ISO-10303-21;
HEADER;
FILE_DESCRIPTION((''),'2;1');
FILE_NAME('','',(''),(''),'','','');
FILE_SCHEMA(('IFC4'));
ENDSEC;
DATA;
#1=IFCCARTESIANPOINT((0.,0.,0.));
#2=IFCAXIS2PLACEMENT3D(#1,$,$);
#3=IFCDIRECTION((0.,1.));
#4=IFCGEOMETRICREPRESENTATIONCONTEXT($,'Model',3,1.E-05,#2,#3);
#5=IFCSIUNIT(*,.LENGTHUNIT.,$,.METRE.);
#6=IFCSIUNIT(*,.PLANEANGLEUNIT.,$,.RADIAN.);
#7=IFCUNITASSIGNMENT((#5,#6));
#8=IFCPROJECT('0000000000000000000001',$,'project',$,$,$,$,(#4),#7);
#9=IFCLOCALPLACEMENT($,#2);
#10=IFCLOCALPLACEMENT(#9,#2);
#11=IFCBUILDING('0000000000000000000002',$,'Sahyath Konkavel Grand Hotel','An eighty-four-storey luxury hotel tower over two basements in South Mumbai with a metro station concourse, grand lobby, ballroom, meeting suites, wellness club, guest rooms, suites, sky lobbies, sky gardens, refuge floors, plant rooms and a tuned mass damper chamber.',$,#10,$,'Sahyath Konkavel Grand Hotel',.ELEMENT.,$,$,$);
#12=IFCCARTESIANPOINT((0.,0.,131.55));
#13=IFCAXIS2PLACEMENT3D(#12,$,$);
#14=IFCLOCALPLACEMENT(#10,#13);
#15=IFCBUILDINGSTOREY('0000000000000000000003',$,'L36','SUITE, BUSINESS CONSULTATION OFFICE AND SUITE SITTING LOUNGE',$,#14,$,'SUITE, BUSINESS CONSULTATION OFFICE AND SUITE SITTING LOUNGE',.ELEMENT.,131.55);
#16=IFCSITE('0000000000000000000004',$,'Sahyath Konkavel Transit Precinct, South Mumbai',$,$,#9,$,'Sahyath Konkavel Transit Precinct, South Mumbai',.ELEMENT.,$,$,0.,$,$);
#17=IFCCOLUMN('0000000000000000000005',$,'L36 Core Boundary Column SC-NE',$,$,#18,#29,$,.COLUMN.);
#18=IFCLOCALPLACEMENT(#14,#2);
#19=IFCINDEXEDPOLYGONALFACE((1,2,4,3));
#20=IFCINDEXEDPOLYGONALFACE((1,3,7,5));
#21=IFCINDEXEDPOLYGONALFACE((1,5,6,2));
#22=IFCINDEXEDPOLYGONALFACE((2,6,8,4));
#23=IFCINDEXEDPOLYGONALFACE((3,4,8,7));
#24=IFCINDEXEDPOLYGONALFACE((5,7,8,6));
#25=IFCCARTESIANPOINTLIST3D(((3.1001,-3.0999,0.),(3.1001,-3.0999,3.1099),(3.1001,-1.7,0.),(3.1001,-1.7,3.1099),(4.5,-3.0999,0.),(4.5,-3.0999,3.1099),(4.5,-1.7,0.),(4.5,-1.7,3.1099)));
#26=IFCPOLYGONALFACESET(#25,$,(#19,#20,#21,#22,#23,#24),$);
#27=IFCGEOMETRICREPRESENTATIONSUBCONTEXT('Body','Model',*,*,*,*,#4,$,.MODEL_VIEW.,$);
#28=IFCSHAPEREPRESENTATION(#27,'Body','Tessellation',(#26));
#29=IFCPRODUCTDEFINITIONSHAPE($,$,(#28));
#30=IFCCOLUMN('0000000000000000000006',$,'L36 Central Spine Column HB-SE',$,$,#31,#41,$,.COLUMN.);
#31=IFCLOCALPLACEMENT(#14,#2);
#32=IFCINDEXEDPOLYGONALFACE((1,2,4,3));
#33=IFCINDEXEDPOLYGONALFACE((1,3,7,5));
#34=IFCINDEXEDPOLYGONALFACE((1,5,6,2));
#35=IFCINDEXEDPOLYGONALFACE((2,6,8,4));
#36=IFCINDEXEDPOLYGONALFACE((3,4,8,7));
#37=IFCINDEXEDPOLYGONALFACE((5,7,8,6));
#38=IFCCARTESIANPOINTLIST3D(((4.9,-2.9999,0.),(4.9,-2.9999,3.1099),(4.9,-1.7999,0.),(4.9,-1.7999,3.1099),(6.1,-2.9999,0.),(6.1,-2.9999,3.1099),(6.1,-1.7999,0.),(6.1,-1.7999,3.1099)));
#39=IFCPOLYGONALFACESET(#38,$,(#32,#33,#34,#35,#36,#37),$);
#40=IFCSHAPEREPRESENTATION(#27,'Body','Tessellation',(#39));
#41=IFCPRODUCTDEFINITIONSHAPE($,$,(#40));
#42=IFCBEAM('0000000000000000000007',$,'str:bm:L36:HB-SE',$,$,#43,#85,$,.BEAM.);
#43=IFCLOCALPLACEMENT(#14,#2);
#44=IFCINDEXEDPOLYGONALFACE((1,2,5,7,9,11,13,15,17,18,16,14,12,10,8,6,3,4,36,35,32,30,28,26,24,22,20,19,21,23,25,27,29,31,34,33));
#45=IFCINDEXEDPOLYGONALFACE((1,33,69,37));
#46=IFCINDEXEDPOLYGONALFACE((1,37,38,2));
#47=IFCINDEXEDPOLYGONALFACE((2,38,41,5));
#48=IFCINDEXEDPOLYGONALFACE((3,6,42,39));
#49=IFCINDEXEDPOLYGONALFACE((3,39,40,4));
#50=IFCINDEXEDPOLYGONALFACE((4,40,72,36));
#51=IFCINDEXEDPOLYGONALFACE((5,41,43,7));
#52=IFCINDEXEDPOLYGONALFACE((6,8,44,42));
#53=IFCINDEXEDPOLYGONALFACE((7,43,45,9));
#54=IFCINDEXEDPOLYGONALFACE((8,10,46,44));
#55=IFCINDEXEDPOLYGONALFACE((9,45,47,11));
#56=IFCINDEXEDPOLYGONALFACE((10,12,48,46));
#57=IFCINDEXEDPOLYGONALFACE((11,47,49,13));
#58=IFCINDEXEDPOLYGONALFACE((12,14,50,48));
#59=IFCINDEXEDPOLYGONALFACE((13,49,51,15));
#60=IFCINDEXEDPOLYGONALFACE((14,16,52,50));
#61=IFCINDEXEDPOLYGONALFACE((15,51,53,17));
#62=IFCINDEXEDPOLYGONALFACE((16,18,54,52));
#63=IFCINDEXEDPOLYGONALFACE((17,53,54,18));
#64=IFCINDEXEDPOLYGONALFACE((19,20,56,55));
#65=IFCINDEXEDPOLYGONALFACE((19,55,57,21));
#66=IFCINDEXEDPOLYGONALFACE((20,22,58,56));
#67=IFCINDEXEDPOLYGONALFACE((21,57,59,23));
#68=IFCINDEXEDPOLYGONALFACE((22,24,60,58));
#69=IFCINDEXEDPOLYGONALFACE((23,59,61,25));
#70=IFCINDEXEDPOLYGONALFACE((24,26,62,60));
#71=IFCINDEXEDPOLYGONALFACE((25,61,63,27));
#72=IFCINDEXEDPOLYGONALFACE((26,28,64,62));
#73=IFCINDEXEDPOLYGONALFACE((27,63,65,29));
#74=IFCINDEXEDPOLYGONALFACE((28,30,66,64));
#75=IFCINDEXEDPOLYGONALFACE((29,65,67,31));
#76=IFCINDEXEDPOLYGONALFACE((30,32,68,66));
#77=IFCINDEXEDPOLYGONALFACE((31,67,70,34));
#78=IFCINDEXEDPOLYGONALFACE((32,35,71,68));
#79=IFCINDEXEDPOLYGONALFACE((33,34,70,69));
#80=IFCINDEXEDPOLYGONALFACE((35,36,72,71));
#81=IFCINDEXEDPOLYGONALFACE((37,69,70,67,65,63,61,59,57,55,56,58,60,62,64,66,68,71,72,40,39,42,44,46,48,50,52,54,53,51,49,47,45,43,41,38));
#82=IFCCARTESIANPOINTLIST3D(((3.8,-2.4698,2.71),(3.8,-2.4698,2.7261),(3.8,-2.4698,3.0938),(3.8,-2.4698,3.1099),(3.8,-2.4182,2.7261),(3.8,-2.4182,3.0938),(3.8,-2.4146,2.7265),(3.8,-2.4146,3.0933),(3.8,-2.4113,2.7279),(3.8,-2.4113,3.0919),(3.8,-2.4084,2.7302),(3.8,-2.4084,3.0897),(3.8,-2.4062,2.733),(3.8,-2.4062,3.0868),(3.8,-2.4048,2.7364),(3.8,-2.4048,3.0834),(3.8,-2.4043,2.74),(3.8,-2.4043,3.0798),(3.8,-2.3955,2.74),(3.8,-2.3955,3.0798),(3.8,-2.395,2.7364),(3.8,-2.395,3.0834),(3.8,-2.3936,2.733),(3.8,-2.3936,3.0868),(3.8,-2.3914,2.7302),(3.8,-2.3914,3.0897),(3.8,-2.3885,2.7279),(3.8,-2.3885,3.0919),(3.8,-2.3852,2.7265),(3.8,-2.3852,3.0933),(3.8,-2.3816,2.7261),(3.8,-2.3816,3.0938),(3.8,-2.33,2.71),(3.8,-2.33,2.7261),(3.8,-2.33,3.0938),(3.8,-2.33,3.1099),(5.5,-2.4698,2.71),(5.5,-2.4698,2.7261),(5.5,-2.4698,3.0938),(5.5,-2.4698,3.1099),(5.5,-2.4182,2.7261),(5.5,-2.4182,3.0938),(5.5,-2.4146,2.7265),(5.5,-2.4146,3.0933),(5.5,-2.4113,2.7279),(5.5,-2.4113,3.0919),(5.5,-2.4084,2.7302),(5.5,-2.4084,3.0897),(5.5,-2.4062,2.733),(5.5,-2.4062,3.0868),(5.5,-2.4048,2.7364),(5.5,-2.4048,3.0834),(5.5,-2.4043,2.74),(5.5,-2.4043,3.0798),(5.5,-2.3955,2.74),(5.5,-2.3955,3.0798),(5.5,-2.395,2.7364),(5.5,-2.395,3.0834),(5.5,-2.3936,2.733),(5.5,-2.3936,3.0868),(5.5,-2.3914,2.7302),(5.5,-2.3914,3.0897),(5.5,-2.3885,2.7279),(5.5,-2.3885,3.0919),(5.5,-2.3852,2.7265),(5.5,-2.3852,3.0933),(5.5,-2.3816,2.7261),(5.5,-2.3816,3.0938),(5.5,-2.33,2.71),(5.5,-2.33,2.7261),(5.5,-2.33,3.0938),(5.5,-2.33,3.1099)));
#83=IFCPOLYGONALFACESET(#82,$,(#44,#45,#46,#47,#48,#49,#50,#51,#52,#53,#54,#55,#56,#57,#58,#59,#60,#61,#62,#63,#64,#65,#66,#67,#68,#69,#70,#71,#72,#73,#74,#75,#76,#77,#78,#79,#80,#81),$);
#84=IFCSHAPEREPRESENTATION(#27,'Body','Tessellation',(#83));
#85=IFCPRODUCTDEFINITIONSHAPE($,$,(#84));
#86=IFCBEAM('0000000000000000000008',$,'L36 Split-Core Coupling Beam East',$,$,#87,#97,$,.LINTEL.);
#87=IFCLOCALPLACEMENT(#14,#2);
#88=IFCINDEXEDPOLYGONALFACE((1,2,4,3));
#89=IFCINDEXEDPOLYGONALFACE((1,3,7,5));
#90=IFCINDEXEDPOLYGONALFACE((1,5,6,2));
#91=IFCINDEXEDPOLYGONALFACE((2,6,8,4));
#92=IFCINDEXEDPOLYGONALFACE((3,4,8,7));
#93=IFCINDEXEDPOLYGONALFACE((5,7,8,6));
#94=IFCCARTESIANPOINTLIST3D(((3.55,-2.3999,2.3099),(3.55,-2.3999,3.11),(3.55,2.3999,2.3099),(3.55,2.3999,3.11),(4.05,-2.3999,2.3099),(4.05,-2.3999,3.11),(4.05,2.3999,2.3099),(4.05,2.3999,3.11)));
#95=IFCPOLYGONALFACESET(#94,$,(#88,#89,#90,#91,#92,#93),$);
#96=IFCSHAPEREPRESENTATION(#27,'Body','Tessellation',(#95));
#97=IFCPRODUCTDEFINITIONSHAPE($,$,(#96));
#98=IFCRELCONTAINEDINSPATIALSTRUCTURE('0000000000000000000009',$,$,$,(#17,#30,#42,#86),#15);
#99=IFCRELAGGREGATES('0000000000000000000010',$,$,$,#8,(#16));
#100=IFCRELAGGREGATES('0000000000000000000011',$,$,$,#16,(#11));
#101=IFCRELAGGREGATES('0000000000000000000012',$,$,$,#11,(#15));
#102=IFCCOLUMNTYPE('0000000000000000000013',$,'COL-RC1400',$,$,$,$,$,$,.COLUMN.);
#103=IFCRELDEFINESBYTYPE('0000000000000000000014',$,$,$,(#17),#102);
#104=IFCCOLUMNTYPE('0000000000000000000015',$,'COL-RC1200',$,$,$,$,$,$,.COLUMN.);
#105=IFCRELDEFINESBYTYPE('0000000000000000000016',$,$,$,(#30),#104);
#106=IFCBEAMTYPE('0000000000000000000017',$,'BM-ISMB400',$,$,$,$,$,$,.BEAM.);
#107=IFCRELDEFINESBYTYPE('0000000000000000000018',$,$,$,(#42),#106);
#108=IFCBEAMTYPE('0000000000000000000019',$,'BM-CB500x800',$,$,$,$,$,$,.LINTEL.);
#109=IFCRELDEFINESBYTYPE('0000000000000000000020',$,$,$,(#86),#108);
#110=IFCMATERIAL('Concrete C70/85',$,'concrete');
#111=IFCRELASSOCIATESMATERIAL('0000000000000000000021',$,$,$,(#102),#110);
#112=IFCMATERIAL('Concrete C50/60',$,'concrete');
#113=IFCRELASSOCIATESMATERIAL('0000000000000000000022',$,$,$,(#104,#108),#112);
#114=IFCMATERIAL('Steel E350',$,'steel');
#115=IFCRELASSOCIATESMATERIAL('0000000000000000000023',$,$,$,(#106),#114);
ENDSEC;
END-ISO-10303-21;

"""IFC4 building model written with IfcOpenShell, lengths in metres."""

from ifc_helpers import new_model, si_unit, direction, frame, origin, origin_2d, place, context, subcontext, project, spatial, rectangle, i_section, extrude, source, transform, mapped, material, material_profile, profile_set, type_object, element, save


model = new_model("IFC4")

# Units and contexts
model_context = context("Model", 3, precision=1e-05, world=origin(), true_north=direction((0.0, 1.0)))
body_context = subcontext(model_context, "Body", "Model", "MODEL_VIEW")
ifc_project = project(units=[si_unit("LENGTHUNIT", "METRE"), si_unit("PLANEANGLEUNIT", "RADIAN")], contexts=[model_context])

# Site, building, storey
site_placement = place(None, origin())
site = spatial("IfcSite", under=ifc_project, at=site_placement, Name="Sahyath Konkavel Transit Precinct, South Mumbai", LongName="Sahyath Konkavel Transit Precinct, South Mumbai", CompositionType="ELEMENT", RefElevation=0.0)
building_placement = place(site_placement, origin())
building = spatial("IfcBuilding", under=site, at=building_placement, Name="Sahyath Konkavel Grand Hotel", Description="An eighty-four-storey luxury hotel tower over two basements in South Mumbai with a metro station concourse, grand lobby, ballroom, meeting suites, wellness club, guest rooms, suites, sky lobbies, sky gardens, refuge floors, plant rooms and a tuned mass damper chamber.", LongName="Sahyath Konkavel Grand Hotel", CompositionType="ELEMENT")
storey_placement = place(building_placement, frame((0.0, 0.0, 131.55)))
storey = spatial("IfcBuildingStorey", under=building, at=storey_placement, Name="L36", Description="SUITE, BUSINESS CONSULTATION OFFICE AND SUITE SITTING LOUNGE", LongName="SUITE, BUSINESS CONSULTATION OFFICE AND SUITE SITTING LOUNGE", CompositionType="ELEMENT", Elevation=131.55)

# Columns
ifc_material_1 = material(Name="Concrete C70/85", Category="concrete")
ifc_material_profile_1 = material_profile(ifc_material_1, rectangle(XDim=1.3999, YDim=1.3999, at=origin_2d()), Name="RC 1400x1400")
ifc_profile_set_1 = profile_set([ifc_material_profile_1], Name="Concrete C70/85")
column_type_1 = type_object("IfcColumnType", Name="COL-RC1400", PredefinedType="COLUMN", material=ifc_profile_set_1)
shared_shape_1 = source(origin(), body_context, "Body", "SweptSolid", [
    extrude(rectangle(XDim=1.3999, YDim=1.3999, at=origin_2d()), origin(), (0.0, 0.0, 1.0), 3.1099),
])
column_1_placement = place(storey_placement, frame((3.8, -2.3999, 0.0), z_axis=(0.0, 0.0, 1.0), x_axis=(1.0, 0.0, 0.0)))
element("IfcColumn", 1, at=column_1_placement, inside=storey, type_object=column_type_1, Name="L36 Core Boundary Column SC-NE", PredefinedType="COLUMN", context=body_context, shape_type="MappedRepresentation", body=[
    mapped(shared_shape_1, transform((0.0, 0.0, 0.0), scale=1.0)),
])
ifc_material_2 = material(Name="Concrete C50/60", Category="concrete")
ifc_material_profile_2 = material_profile(ifc_material_2, rectangle(XDim=1.2, YDim=1.2, at=origin_2d()), Name="RC 1200x1200")
ifc_profile_set_2 = profile_set([ifc_material_profile_2], Name="Concrete C50/60")
column_type_2 = type_object("IfcColumnType", Name="COL-RC1200", PredefinedType="COLUMN", material=ifc_profile_set_2)
shared_shape_2 = source(origin(), body_context, "Body", "SweptSolid", [
    extrude(rectangle(XDim=1.2, YDim=1.2, at=origin_2d()), origin(), (0.0, 0.0, 1.0), 3.1099),
])
column_2_placement = place(storey_placement, frame((5.5, -2.3999, 0.0), z_axis=(0.0, 0.0, 1.0), x_axis=(1.0, 0.0, 0.0)))
element("IfcColumn", 2, at=column_2_placement, inside=storey, type_object=column_type_2, Name="L36 Central Spine Column HB-SE", PredefinedType="COLUMN", context=body_context, shape_type="MappedRepresentation", body=[
    mapped(shared_shape_2, transform((0.0, 0.0, 0.0), scale=1.0)),
])

# Beams
ifc_material_3 = material(Name="Steel E350", Category="steel")
ifc_material_profile_3 = material_profile(ifc_material_3, i_section(OverallWidth=0.1399, OverallDepth=0.3999, WebThickness=0.0088, FlangeThickness=0.0161, FilletRadius=0.0139, at=origin_2d()), Name="ISMB 400")
ifc_profile_set_3 = profile_set([ifc_material_profile_3], Name="Steel E350")
beam_type_1 = type_object("IfcBeamType", Name="BM-ISMB400", PredefinedType="BEAM", material=ifc_profile_set_3)
shared_shape_3 = source(origin(), body_context, "Body", "SweptSolid", [
    extrude(i_section(OverallWidth=0.1399, OverallDepth=0.3999, WebThickness=0.0088, FlangeThickness=0.0161, FilletRadius=0.0139, at=origin_2d()), origin(), (0.0, 0.0, 1.0), 1.7),
])
beam_1_placement = place(storey_placement, frame((3.8, -2.3999, 2.9099), z_axis=(1.0, 0.0, 0.0), x_axis=(0.0, 1.0, 0.0)))
element("IfcBeam", 3, at=beam_1_placement, inside=storey, type_object=beam_type_1, Name="str:bm:L36:HB-SE", PredefinedType="BEAM", context=body_context, shape_type="MappedRepresentation", body=[
    mapped(shared_shape_3, transform((0.0, 0.0, 0.0), scale=1.0)),
])
ifc_material_profile_4 = material_profile(ifc_material_2, rectangle(XDim=0.5, YDim=0.8, at=origin_2d()), Name="RC 500x800")
ifc_profile_set_4 = profile_set([ifc_material_profile_4], Name="Concrete C50/60")
beam_type_2 = type_object("IfcBeamType", Name="BM-CB500x800", PredefinedType="LINTEL", material=ifc_profile_set_4)
shared_shape_4 = source(origin(), body_context, "Body", "SweptSolid", [
    extrude(rectangle(XDim=0.5, YDim=0.8, at=origin_2d()), origin(), (0.0, 0.0, 1.0), 4.7998),
])
beam_2_placement = place(storey_placement, frame((3.8, -2.3999, 2.71), z_axis=(0.0, 1.0, 0.0), x_axis=(-1.0, 0.0, 0.0)))
element("IfcBeam", 4, at=beam_2_placement, inside=storey, type_object=beam_type_2, Name="L36 Split-Core Coupling Beam East", PredefinedType="LINTEL", context=body_context, shape_type="MappedRepresentation", body=[
    mapped(shared_shape_4, transform((0.0, 0.0, 0.0), scale=1.0)),
])

save(model, "model.ifc")
